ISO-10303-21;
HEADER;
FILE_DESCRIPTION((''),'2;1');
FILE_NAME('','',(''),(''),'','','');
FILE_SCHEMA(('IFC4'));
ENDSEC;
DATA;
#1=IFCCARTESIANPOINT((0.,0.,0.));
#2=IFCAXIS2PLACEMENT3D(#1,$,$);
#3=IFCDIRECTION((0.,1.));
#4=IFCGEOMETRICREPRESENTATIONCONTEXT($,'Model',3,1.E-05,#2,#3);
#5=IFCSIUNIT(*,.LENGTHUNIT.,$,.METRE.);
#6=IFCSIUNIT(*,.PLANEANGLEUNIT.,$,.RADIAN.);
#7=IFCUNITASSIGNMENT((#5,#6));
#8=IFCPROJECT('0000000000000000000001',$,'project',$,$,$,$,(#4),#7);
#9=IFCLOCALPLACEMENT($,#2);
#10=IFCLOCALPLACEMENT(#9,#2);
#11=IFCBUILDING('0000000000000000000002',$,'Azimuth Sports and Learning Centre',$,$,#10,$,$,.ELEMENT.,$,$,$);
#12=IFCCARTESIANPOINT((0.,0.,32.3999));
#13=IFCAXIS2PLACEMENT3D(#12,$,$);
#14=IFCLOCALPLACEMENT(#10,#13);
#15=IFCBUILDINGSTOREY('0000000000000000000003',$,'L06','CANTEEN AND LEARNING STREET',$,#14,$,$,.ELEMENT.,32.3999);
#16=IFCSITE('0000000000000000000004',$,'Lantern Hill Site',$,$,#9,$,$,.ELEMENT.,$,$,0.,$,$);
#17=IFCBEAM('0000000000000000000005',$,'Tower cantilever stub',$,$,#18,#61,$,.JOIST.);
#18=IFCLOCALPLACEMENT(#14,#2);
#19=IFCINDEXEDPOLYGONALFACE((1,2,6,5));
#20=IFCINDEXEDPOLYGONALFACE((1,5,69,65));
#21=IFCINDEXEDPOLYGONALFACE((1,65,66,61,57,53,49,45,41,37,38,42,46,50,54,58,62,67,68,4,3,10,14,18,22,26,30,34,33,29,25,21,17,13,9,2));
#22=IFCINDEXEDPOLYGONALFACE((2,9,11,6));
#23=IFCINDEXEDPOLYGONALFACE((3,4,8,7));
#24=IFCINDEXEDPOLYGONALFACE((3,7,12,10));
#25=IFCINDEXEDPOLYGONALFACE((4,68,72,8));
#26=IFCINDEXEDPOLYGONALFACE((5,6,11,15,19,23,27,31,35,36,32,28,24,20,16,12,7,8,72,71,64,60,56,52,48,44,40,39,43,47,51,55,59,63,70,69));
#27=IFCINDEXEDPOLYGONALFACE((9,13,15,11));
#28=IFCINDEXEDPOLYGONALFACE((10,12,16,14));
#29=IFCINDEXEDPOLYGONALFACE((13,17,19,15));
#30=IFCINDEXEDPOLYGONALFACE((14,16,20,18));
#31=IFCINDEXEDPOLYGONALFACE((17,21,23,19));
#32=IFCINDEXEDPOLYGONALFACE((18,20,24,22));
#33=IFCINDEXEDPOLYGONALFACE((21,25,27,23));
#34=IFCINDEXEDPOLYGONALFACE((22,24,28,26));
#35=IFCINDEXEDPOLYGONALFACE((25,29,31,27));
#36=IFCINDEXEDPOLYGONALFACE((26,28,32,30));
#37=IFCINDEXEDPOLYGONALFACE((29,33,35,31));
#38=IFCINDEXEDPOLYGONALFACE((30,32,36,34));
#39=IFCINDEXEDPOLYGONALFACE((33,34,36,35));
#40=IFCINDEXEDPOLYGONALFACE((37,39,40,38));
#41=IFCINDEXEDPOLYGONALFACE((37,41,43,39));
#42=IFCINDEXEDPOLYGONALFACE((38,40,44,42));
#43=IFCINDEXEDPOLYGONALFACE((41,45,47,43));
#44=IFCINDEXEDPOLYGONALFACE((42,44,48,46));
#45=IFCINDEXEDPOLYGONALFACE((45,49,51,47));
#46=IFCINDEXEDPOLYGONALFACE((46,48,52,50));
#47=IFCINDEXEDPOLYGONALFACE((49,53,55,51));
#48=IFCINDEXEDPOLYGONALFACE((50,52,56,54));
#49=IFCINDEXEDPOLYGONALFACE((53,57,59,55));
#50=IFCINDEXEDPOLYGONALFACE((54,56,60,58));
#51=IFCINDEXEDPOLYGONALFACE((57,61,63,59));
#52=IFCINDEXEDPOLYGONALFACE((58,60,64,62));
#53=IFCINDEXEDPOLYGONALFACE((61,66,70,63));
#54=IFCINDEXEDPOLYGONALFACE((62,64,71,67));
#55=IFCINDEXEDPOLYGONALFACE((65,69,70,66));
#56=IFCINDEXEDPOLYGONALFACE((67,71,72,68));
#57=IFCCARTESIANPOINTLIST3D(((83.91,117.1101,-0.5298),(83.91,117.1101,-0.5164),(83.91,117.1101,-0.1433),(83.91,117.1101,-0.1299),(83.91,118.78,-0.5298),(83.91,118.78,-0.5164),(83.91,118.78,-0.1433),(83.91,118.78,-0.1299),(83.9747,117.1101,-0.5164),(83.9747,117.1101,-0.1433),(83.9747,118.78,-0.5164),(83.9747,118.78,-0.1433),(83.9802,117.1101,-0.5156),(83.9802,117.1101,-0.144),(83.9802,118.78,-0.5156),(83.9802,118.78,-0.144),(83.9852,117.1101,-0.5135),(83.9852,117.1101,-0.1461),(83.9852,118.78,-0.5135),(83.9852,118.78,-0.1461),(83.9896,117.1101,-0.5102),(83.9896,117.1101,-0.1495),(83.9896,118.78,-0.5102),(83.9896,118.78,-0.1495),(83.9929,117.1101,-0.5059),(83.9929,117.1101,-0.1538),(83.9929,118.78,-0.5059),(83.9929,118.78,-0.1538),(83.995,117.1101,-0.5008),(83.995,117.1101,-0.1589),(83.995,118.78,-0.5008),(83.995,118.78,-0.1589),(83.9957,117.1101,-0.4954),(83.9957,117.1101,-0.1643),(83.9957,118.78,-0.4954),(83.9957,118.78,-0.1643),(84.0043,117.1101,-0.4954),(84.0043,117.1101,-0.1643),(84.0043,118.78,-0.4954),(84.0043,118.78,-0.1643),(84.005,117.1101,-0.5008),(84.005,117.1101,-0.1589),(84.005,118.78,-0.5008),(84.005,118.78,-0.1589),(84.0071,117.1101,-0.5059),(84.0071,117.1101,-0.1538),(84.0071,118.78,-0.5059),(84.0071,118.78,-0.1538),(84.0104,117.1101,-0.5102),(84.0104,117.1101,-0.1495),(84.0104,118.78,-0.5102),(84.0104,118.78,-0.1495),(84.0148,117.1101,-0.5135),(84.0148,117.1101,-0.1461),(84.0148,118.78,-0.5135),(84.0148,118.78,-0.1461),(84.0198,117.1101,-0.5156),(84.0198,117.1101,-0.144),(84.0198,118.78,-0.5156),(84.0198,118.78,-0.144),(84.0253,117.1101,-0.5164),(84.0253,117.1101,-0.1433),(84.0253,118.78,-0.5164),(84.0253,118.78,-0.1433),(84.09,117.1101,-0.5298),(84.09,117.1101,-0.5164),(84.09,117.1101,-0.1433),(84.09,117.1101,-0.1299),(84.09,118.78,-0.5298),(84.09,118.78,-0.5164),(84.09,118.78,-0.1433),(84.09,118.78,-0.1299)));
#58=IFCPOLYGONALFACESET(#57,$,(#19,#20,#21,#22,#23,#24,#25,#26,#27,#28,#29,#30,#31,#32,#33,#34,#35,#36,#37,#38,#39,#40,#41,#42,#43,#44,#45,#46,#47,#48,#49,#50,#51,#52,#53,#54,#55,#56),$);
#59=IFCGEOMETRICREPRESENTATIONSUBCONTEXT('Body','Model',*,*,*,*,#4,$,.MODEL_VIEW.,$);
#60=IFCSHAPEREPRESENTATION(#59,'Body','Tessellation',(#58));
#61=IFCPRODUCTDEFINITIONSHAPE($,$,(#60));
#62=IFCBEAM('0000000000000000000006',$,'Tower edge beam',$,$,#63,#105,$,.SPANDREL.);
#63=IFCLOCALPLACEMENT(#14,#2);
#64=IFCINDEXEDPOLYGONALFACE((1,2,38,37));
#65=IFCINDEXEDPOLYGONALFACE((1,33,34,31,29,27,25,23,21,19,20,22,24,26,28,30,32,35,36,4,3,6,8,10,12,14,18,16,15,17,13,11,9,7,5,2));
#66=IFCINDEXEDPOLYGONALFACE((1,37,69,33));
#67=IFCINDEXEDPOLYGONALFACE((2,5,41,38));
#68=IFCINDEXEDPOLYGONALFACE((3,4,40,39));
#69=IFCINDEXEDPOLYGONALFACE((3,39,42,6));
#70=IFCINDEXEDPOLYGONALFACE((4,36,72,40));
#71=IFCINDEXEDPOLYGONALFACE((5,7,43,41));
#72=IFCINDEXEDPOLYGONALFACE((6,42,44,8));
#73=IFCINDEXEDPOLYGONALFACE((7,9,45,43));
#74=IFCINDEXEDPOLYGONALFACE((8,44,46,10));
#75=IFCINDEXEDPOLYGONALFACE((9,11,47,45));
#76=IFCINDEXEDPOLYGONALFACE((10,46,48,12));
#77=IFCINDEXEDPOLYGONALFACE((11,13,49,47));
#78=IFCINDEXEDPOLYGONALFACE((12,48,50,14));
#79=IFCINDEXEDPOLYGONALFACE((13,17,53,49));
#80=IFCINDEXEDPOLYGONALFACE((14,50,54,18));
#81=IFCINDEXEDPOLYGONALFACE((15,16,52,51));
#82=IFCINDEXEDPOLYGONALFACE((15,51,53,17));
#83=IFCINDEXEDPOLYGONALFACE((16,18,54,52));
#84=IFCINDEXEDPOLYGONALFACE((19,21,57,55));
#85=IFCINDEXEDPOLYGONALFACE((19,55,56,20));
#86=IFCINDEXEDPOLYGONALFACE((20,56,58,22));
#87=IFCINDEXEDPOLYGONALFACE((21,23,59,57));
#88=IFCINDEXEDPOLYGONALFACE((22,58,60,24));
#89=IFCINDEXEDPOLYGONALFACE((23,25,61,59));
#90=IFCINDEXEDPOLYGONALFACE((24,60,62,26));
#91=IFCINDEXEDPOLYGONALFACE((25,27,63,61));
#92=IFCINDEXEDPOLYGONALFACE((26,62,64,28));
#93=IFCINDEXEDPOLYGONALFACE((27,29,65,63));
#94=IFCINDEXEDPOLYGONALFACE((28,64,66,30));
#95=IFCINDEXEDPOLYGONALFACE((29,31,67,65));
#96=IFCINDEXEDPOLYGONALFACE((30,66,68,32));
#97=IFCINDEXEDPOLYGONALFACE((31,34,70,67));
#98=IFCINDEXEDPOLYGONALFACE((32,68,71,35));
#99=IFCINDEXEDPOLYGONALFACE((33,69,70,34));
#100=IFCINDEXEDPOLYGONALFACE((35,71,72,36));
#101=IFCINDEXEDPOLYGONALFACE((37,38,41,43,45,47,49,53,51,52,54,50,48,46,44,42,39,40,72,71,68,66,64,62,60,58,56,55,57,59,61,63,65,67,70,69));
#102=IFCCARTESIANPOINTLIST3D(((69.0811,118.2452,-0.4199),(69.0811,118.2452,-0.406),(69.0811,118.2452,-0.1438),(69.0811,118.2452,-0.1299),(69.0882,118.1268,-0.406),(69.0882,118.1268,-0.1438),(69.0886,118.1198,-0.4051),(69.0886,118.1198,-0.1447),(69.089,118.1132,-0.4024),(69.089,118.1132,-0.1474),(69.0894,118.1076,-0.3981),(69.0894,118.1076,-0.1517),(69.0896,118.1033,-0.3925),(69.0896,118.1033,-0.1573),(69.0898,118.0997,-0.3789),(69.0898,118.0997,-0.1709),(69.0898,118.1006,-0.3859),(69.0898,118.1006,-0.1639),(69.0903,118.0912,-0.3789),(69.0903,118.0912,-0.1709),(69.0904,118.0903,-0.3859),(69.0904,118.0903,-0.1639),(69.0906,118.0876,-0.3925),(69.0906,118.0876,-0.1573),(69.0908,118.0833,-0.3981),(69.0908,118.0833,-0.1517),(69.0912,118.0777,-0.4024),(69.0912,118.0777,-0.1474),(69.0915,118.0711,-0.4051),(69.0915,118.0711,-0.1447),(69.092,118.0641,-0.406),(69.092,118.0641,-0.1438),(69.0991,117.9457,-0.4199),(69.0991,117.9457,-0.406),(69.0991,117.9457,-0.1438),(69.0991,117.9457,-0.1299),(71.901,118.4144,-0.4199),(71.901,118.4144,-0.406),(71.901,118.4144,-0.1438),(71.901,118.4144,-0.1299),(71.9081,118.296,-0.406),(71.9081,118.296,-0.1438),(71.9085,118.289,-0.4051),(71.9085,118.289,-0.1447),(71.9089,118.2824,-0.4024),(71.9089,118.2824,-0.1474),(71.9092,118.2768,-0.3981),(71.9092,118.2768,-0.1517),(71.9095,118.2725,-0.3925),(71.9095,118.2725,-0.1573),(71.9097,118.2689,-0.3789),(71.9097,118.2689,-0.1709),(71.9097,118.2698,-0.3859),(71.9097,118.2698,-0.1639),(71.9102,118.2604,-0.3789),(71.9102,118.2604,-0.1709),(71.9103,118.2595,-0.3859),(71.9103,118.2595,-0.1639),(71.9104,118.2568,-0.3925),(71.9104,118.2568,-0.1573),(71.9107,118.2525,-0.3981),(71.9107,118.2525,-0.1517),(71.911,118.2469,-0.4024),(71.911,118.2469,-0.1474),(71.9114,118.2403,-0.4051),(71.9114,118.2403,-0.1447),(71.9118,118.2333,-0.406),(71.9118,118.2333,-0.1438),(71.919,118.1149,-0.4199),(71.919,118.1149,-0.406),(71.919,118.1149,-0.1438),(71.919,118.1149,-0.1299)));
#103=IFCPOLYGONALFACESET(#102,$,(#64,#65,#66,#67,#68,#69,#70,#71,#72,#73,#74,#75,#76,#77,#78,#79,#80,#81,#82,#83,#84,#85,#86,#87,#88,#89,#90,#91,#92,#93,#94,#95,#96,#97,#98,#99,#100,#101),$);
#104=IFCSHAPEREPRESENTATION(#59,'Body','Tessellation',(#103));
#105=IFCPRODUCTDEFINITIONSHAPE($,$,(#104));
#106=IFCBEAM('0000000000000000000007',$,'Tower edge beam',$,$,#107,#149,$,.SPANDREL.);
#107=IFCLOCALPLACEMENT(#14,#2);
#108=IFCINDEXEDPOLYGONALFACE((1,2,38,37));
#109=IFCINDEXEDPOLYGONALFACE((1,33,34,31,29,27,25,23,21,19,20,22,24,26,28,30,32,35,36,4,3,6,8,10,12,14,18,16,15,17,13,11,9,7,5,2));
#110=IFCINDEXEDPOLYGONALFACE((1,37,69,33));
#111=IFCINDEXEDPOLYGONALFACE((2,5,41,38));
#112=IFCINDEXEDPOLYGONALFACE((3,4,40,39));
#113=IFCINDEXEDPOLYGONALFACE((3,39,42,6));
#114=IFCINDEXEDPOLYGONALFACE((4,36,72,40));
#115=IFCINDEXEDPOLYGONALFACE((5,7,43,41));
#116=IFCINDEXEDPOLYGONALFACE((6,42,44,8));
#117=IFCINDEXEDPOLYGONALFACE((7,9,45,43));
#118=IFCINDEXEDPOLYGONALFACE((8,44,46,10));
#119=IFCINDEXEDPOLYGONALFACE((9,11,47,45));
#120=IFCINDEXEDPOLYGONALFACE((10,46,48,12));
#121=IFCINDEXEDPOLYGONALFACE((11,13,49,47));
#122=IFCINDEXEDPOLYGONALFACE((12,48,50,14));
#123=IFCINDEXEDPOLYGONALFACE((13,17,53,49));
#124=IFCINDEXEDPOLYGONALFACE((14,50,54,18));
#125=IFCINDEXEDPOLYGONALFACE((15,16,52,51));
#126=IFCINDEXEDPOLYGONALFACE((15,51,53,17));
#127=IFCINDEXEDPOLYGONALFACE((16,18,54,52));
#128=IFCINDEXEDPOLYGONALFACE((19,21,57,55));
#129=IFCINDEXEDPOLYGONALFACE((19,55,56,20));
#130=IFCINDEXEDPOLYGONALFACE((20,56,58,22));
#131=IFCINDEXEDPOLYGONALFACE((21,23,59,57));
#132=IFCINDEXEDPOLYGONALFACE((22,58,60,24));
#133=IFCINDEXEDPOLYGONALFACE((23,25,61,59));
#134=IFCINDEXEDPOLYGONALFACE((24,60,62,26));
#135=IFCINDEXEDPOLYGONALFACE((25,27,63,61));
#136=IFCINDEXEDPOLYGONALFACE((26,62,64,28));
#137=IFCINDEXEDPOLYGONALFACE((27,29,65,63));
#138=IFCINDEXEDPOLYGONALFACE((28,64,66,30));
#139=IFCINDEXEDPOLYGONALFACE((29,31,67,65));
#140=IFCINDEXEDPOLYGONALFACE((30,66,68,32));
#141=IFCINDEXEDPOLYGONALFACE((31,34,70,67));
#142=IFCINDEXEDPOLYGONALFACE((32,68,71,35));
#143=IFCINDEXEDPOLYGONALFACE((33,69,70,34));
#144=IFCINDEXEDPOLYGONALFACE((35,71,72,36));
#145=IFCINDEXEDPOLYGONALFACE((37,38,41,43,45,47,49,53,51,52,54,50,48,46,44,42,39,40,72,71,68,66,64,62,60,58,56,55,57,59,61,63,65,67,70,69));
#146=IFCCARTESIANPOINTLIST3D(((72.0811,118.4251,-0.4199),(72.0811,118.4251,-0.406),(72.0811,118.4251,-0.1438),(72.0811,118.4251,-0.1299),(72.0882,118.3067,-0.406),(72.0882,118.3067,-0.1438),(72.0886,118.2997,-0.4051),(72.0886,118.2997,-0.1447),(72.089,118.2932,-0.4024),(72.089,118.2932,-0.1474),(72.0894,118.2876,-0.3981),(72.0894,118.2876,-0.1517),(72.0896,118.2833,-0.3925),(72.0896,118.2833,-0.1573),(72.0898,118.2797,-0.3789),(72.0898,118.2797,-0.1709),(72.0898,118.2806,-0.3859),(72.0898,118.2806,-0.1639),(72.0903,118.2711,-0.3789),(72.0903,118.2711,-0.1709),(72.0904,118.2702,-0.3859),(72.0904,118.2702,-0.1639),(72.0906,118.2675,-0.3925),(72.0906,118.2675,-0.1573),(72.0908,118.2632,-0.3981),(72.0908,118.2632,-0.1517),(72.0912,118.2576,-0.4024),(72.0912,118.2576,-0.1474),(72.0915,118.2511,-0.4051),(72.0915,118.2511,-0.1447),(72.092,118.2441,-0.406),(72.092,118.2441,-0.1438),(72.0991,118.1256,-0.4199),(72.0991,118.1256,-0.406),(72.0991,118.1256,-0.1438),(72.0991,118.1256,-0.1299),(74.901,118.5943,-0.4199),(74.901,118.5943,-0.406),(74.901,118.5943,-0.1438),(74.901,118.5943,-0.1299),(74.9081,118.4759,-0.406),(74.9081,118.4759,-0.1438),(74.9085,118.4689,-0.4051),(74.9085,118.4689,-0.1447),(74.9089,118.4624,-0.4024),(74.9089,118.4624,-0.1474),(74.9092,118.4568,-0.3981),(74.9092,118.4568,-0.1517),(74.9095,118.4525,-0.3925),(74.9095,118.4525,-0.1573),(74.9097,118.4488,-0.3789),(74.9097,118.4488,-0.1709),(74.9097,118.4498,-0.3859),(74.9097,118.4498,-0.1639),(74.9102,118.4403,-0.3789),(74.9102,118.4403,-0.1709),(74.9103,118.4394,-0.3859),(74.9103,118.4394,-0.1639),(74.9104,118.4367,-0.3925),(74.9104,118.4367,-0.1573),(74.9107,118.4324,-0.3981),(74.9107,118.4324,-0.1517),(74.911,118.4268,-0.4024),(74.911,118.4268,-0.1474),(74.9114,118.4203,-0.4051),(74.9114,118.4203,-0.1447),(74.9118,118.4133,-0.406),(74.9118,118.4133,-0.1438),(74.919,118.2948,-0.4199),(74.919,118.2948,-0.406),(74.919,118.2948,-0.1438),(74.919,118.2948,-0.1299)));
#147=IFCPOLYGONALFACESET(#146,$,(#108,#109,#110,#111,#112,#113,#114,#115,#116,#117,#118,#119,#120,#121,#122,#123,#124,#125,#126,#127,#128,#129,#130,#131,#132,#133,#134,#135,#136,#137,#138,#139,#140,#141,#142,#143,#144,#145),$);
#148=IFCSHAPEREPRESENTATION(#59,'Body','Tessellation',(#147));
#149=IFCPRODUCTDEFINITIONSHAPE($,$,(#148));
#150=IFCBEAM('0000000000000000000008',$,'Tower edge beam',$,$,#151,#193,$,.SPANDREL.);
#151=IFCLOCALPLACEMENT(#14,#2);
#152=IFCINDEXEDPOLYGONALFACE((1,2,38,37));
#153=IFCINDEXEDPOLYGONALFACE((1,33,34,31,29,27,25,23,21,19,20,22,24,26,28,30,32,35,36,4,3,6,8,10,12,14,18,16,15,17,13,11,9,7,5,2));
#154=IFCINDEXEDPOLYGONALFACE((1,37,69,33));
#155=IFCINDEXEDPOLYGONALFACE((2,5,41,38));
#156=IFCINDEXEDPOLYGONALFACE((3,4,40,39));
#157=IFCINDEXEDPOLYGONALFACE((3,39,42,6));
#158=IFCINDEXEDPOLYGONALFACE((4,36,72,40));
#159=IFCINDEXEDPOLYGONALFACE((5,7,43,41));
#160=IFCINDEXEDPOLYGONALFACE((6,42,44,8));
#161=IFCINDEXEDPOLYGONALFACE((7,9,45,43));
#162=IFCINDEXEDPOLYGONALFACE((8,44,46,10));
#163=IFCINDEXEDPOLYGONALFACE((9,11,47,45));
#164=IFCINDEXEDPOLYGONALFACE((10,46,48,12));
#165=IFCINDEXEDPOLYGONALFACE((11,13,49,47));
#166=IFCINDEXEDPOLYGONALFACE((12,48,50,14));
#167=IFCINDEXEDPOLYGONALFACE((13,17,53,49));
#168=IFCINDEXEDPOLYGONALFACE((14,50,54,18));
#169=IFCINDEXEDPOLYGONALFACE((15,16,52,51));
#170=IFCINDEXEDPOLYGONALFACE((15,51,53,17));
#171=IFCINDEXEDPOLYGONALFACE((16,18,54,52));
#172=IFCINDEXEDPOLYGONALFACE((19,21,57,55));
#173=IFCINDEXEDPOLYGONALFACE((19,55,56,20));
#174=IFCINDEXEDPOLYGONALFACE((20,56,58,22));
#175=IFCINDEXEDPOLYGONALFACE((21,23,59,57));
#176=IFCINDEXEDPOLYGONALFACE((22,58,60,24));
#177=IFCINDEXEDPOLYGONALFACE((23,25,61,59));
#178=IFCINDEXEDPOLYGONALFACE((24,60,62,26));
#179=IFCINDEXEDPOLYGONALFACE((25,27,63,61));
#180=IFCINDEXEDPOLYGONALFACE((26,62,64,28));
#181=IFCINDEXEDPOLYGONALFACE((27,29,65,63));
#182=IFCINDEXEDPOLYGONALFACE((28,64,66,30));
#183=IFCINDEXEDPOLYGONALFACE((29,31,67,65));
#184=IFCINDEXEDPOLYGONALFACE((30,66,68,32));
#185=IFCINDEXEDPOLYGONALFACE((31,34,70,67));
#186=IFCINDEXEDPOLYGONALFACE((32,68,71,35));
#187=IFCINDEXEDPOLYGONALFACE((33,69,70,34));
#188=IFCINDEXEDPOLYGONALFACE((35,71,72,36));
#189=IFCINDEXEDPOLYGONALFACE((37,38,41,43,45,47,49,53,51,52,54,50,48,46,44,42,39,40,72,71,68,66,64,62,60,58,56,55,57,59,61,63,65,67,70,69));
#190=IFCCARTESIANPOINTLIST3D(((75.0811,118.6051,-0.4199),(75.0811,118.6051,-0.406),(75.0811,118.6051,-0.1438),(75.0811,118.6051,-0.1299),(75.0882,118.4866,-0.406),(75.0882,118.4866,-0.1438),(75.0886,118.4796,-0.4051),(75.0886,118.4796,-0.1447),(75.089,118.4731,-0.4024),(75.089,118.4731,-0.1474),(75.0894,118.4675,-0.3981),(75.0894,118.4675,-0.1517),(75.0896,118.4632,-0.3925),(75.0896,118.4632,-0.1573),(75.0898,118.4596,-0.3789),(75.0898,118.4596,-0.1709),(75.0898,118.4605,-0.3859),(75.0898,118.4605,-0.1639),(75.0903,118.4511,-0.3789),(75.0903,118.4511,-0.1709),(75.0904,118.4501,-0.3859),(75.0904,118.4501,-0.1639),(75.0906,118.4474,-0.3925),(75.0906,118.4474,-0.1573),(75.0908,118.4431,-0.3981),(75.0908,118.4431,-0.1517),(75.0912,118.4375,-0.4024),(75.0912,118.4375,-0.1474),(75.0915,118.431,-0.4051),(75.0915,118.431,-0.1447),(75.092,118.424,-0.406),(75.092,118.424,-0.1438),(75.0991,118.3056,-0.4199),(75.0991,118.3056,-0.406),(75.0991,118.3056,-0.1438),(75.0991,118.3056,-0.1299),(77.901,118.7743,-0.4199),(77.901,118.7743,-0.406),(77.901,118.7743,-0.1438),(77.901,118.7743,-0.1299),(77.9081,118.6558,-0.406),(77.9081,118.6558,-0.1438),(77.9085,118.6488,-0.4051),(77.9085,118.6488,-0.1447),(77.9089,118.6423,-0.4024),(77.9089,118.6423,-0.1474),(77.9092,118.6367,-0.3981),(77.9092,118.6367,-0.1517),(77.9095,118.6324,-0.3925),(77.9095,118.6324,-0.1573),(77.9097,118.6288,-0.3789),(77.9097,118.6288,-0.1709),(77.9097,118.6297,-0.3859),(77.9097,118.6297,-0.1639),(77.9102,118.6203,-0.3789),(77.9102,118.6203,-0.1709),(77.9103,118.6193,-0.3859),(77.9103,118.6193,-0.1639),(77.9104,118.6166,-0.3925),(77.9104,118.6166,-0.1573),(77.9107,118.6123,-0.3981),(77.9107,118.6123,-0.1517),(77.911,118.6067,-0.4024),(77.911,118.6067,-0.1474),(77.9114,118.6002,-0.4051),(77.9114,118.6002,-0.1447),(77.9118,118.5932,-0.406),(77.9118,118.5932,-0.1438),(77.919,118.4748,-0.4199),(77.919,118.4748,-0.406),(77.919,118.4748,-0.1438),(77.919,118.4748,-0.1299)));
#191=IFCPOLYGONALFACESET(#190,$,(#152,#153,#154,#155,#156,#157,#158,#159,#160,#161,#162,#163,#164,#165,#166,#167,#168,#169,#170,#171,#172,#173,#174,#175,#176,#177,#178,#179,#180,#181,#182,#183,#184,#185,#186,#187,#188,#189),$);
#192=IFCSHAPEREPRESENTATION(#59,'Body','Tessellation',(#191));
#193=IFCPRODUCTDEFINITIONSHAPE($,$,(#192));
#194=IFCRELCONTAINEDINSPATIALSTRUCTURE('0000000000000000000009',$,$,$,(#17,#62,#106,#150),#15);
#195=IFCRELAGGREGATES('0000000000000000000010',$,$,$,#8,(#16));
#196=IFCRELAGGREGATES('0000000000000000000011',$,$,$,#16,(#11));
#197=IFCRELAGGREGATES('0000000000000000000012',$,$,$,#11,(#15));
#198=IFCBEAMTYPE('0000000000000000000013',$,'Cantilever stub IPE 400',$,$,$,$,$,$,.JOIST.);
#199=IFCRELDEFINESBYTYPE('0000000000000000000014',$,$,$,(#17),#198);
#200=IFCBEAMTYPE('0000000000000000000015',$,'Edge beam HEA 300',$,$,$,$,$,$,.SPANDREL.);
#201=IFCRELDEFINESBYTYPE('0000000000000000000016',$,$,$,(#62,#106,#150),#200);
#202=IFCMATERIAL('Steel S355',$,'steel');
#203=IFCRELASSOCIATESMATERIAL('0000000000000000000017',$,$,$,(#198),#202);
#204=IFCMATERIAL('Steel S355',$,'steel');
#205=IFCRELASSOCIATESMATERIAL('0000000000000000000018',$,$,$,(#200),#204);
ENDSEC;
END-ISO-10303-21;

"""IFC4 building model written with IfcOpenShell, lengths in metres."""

from ifc_helpers import new_model, si_unit, direction, frame, origin, origin_2d, place, context, subcontext, project, spatial, i_section, extrude, material, material_profile, profile_set, type_object, element, save


model = new_model("IFC4")

# Units and contexts
model_context = context("Model", 3, precision=1e-05, world=origin(), true_north=direction((0.0, 1.0)))
body_context = subcontext(model_context, "Body", "Model", "MODEL_VIEW")
ifc_project = project(units=[si_unit("LENGTHUNIT", "METRE"), si_unit("PLANEANGLEUNIT", "RADIAN")], contexts=[model_context])

# Site, building, storey
site_placement = place(None, origin())
site = spatial("IfcSite", under=ifc_project, at=site_placement, Name="Lantern Hill Site", CompositionType="ELEMENT", RefElevation=0.0)
building_placement = place(site_placement, origin())
building = spatial("IfcBuilding", under=site, at=building_placement, Name="Azimuth Sports and Learning Centre", CompositionType="ELEMENT")
storey_placement = place(building_placement, frame((0.0, 0.0, 32.3999)))
storey = spatial("IfcBuildingStorey", under=building, at=storey_placement, Name="L06", Description="CANTEEN AND LEARNING STREET", CompositionType="ELEMENT", Elevation=32.3999)

# Beams
ifc_material_1 = material(Name="Steel S355", Category="steel")
ifc_material_profile_1 = material_profile(ifc_material_1, i_section(OverallWidth=0.1799, OverallDepth=0.3999, WebThickness=0.0085, FlangeThickness=0.0134, FilletRadius=0.021, at=origin_2d()), Name="IPE 400")
ifc_profile_set_1 = profile_set([ifc_material_profile_1], Name="Steel S355")
beam_type_1 = type_object("IfcBeamType", Name="Cantilever stub IPE 400", PredefinedType="JOIST", material=ifc_profile_set_1)
beam_1_placement = place(storey_placement, frame((84.0, 117.1101, -0.3298), z_axis=(0.0, 1.0, 0.0), x_axis=(-1.0, 0.0, 0.0)))
element("IfcBeam", 1, at=beam_1_placement, inside=storey, type_object=beam_type_1, Name="Tower cantilever stub", PredefinedType="JOIST", context=body_context, shape_type="SweptSolid", body=[
    extrude(i_section(OverallWidth=0.1799, OverallDepth=0.3999, WebThickness=0.0085, FlangeThickness=0.0134, FilletRadius=0.021, at=origin_2d()), origin(), (0.0, 0.0, 1.0), 1.6699),
])
ifc_material_2 = material(Name="Steel S355", Category="steel")
ifc_material_profile_2 = material_profile(ifc_material_2, i_section(OverallWidth=0.3, OverallDepth=0.29, WebThickness=0.0085, FlangeThickness=0.0139, FilletRadius=0.0271, at=origin_2d()), Name="HEA 300")
ifc_profile_set_2 = profile_set([ifc_material_profile_2], Name="Steel S355")
beam_type_2 = type_object("IfcBeamType", Name="Edge beam HEA 300", PredefinedType="SPANDREL", material=ifc_profile_set_2)
for number, where, z_axis, x_axis, name in (
    (2, (69.0901, 118.0955, -0.2749), (0.998205, 0.059892, 0.0), (-0.059892, 0.998205, 0.0), "Tower edge beam"),
    (3, (72.0901, 118.2754, -0.2749), (0.998205, 0.059892, 0.0), (-0.059892, 0.998205, 0.0), "Tower edge beam"),
    (4, (75.0901, 118.4553, -0.2749), (0.998205, 0.059892, 0.0), (-0.059892, 0.998205, 0.0), "Tower edge beam"),
):
    element("IfcBeam", number, at=place(storey_placement, frame(where, z_axis=z_axis, x_axis=x_axis)), inside=storey, type_object=beam_type_2, Name=name, PredefinedType="SPANDREL", context=body_context, shape_type="SweptSolid", body=[
        extrude(i_section(OverallWidth=0.3, OverallDepth=0.29, WebThickness=0.0085, FlangeThickness=0.0139, FilletRadius=0.0271, at=origin_2d()), origin(), (0.0, 0.0, 1.0), 2.825),
    ])

save(model, "model.ifc")
